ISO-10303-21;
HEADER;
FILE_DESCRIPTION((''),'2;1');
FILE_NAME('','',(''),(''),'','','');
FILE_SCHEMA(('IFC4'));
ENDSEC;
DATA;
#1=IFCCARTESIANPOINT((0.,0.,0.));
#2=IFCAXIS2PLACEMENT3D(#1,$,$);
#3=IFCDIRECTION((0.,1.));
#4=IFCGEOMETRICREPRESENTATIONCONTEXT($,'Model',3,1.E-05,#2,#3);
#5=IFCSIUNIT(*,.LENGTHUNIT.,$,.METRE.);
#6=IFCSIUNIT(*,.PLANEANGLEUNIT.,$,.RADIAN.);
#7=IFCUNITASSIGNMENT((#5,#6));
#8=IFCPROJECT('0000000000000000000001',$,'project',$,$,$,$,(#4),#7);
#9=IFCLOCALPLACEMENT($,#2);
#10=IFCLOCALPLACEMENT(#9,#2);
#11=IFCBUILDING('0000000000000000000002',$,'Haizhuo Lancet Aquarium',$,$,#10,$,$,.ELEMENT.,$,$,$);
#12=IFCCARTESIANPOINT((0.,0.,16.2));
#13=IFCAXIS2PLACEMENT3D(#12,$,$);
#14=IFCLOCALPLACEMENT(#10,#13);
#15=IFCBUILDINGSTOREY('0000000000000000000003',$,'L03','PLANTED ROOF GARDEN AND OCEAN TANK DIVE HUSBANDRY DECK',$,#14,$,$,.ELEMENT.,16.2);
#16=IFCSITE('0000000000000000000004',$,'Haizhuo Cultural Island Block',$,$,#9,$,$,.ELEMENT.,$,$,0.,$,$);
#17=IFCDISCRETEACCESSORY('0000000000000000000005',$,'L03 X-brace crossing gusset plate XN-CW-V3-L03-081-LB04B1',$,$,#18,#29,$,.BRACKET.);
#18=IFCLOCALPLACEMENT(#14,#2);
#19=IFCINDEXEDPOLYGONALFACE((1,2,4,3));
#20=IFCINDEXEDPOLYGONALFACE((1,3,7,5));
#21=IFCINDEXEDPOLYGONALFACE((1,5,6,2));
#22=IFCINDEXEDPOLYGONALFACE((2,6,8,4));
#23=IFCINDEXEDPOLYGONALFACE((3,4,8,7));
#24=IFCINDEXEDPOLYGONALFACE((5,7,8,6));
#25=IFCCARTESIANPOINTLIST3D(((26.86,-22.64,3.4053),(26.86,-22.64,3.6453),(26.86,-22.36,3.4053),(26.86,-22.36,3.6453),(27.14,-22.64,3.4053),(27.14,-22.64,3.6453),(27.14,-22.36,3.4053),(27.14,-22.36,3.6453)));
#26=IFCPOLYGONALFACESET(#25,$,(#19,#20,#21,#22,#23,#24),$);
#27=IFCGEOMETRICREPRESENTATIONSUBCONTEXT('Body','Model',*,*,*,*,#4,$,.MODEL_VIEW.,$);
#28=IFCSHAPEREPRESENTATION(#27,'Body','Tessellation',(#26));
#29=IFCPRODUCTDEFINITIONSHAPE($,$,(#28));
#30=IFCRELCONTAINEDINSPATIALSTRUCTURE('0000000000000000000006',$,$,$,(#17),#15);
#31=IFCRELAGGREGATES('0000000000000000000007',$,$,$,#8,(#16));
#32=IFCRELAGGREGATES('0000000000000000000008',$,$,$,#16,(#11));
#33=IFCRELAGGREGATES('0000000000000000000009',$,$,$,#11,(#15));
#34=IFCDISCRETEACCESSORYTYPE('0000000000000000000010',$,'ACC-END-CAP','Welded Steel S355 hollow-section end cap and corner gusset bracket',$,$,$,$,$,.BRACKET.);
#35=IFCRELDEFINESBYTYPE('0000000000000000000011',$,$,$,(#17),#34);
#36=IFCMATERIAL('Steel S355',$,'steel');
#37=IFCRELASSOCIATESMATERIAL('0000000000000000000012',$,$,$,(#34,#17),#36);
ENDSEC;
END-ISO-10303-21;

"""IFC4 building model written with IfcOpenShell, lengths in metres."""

from ifc_helpers import new_model, si_unit, direction, frame, origin, origin_2d, place, context, subcontext, project, spatial, rectangle, extrude, material, type_object, element, save


model = new_model("IFC4")

# Units and contexts
model_context = context("Model", 3, precision=1e-05, world=origin(), true_north=direction((0.0, 1.0)))
body_context = subcontext(model_context, "Body", "Model", "MODEL_VIEW")
ifc_project = project(units=[si_unit("LENGTHUNIT", "METRE"), si_unit("PLANEANGLEUNIT", "RADIAN")], contexts=[model_context])

# Site, building, storey
site_placement = place(None, origin())
site = spatial("IfcSite", under=ifc_project, at=site_placement, Name="Haizhuo Cultural Island Block", CompositionType="ELEMENT", RefElevation=0.0)
building_placement = place(site_placement, origin())
building = spatial("IfcBuilding", under=site, at=building_placement, Name="Haizhuo Lancet Aquarium", CompositionType="ELEMENT")
storey_placement = place(building_placement, frame((0.0, 0.0, 16.2)))
storey = spatial("IfcBuildingStorey", under=building, at=storey_placement, Name="L03", Description="PLANTED ROOF GARDEN AND OCEAN TANK DIVE HUSBANDRY DECK", CompositionType="ELEMENT", Elevation=16.2)

# Shared definitions
ifc_material_1 = material(Name="Steel S355", Category="steel")

# Discrete accessory
discrete_accessory_type = type_object("IfcDiscreteAccessoryType", Name="ACC-END-CAP", Description="Welded Steel S355 hollow-section end cap and corner gusset bracket", PredefinedType="BRACKET", material=ifc_material_1)
for number, where, z_axis, x_axis, name in (
    (1, (27.0, -22.5, 3.4053), (0.0, 0.0, 1.0), (1.0, 0.0, 0.0), "L03 X-brace crossing gusset plate XN-CW-V3-L03-081-LB04B1"),
):
    element("IfcDiscreteAccessory", number, at=place(storey_placement, frame(where, z_axis=z_axis, x_axis=x_axis)), inside=storey, type_object=discrete_accessory_type, material=ifc_material_1, Name=name, PredefinedType="BRACKET", context=body_context, shape_type="SweptSolid", body=[
        extrude(rectangle(XDim=0.28, YDim=0.28, at=origin_2d()), origin(), (0.0, 0.0, 1.0), 0.24),
    ])

save(model, "model.ifc")
